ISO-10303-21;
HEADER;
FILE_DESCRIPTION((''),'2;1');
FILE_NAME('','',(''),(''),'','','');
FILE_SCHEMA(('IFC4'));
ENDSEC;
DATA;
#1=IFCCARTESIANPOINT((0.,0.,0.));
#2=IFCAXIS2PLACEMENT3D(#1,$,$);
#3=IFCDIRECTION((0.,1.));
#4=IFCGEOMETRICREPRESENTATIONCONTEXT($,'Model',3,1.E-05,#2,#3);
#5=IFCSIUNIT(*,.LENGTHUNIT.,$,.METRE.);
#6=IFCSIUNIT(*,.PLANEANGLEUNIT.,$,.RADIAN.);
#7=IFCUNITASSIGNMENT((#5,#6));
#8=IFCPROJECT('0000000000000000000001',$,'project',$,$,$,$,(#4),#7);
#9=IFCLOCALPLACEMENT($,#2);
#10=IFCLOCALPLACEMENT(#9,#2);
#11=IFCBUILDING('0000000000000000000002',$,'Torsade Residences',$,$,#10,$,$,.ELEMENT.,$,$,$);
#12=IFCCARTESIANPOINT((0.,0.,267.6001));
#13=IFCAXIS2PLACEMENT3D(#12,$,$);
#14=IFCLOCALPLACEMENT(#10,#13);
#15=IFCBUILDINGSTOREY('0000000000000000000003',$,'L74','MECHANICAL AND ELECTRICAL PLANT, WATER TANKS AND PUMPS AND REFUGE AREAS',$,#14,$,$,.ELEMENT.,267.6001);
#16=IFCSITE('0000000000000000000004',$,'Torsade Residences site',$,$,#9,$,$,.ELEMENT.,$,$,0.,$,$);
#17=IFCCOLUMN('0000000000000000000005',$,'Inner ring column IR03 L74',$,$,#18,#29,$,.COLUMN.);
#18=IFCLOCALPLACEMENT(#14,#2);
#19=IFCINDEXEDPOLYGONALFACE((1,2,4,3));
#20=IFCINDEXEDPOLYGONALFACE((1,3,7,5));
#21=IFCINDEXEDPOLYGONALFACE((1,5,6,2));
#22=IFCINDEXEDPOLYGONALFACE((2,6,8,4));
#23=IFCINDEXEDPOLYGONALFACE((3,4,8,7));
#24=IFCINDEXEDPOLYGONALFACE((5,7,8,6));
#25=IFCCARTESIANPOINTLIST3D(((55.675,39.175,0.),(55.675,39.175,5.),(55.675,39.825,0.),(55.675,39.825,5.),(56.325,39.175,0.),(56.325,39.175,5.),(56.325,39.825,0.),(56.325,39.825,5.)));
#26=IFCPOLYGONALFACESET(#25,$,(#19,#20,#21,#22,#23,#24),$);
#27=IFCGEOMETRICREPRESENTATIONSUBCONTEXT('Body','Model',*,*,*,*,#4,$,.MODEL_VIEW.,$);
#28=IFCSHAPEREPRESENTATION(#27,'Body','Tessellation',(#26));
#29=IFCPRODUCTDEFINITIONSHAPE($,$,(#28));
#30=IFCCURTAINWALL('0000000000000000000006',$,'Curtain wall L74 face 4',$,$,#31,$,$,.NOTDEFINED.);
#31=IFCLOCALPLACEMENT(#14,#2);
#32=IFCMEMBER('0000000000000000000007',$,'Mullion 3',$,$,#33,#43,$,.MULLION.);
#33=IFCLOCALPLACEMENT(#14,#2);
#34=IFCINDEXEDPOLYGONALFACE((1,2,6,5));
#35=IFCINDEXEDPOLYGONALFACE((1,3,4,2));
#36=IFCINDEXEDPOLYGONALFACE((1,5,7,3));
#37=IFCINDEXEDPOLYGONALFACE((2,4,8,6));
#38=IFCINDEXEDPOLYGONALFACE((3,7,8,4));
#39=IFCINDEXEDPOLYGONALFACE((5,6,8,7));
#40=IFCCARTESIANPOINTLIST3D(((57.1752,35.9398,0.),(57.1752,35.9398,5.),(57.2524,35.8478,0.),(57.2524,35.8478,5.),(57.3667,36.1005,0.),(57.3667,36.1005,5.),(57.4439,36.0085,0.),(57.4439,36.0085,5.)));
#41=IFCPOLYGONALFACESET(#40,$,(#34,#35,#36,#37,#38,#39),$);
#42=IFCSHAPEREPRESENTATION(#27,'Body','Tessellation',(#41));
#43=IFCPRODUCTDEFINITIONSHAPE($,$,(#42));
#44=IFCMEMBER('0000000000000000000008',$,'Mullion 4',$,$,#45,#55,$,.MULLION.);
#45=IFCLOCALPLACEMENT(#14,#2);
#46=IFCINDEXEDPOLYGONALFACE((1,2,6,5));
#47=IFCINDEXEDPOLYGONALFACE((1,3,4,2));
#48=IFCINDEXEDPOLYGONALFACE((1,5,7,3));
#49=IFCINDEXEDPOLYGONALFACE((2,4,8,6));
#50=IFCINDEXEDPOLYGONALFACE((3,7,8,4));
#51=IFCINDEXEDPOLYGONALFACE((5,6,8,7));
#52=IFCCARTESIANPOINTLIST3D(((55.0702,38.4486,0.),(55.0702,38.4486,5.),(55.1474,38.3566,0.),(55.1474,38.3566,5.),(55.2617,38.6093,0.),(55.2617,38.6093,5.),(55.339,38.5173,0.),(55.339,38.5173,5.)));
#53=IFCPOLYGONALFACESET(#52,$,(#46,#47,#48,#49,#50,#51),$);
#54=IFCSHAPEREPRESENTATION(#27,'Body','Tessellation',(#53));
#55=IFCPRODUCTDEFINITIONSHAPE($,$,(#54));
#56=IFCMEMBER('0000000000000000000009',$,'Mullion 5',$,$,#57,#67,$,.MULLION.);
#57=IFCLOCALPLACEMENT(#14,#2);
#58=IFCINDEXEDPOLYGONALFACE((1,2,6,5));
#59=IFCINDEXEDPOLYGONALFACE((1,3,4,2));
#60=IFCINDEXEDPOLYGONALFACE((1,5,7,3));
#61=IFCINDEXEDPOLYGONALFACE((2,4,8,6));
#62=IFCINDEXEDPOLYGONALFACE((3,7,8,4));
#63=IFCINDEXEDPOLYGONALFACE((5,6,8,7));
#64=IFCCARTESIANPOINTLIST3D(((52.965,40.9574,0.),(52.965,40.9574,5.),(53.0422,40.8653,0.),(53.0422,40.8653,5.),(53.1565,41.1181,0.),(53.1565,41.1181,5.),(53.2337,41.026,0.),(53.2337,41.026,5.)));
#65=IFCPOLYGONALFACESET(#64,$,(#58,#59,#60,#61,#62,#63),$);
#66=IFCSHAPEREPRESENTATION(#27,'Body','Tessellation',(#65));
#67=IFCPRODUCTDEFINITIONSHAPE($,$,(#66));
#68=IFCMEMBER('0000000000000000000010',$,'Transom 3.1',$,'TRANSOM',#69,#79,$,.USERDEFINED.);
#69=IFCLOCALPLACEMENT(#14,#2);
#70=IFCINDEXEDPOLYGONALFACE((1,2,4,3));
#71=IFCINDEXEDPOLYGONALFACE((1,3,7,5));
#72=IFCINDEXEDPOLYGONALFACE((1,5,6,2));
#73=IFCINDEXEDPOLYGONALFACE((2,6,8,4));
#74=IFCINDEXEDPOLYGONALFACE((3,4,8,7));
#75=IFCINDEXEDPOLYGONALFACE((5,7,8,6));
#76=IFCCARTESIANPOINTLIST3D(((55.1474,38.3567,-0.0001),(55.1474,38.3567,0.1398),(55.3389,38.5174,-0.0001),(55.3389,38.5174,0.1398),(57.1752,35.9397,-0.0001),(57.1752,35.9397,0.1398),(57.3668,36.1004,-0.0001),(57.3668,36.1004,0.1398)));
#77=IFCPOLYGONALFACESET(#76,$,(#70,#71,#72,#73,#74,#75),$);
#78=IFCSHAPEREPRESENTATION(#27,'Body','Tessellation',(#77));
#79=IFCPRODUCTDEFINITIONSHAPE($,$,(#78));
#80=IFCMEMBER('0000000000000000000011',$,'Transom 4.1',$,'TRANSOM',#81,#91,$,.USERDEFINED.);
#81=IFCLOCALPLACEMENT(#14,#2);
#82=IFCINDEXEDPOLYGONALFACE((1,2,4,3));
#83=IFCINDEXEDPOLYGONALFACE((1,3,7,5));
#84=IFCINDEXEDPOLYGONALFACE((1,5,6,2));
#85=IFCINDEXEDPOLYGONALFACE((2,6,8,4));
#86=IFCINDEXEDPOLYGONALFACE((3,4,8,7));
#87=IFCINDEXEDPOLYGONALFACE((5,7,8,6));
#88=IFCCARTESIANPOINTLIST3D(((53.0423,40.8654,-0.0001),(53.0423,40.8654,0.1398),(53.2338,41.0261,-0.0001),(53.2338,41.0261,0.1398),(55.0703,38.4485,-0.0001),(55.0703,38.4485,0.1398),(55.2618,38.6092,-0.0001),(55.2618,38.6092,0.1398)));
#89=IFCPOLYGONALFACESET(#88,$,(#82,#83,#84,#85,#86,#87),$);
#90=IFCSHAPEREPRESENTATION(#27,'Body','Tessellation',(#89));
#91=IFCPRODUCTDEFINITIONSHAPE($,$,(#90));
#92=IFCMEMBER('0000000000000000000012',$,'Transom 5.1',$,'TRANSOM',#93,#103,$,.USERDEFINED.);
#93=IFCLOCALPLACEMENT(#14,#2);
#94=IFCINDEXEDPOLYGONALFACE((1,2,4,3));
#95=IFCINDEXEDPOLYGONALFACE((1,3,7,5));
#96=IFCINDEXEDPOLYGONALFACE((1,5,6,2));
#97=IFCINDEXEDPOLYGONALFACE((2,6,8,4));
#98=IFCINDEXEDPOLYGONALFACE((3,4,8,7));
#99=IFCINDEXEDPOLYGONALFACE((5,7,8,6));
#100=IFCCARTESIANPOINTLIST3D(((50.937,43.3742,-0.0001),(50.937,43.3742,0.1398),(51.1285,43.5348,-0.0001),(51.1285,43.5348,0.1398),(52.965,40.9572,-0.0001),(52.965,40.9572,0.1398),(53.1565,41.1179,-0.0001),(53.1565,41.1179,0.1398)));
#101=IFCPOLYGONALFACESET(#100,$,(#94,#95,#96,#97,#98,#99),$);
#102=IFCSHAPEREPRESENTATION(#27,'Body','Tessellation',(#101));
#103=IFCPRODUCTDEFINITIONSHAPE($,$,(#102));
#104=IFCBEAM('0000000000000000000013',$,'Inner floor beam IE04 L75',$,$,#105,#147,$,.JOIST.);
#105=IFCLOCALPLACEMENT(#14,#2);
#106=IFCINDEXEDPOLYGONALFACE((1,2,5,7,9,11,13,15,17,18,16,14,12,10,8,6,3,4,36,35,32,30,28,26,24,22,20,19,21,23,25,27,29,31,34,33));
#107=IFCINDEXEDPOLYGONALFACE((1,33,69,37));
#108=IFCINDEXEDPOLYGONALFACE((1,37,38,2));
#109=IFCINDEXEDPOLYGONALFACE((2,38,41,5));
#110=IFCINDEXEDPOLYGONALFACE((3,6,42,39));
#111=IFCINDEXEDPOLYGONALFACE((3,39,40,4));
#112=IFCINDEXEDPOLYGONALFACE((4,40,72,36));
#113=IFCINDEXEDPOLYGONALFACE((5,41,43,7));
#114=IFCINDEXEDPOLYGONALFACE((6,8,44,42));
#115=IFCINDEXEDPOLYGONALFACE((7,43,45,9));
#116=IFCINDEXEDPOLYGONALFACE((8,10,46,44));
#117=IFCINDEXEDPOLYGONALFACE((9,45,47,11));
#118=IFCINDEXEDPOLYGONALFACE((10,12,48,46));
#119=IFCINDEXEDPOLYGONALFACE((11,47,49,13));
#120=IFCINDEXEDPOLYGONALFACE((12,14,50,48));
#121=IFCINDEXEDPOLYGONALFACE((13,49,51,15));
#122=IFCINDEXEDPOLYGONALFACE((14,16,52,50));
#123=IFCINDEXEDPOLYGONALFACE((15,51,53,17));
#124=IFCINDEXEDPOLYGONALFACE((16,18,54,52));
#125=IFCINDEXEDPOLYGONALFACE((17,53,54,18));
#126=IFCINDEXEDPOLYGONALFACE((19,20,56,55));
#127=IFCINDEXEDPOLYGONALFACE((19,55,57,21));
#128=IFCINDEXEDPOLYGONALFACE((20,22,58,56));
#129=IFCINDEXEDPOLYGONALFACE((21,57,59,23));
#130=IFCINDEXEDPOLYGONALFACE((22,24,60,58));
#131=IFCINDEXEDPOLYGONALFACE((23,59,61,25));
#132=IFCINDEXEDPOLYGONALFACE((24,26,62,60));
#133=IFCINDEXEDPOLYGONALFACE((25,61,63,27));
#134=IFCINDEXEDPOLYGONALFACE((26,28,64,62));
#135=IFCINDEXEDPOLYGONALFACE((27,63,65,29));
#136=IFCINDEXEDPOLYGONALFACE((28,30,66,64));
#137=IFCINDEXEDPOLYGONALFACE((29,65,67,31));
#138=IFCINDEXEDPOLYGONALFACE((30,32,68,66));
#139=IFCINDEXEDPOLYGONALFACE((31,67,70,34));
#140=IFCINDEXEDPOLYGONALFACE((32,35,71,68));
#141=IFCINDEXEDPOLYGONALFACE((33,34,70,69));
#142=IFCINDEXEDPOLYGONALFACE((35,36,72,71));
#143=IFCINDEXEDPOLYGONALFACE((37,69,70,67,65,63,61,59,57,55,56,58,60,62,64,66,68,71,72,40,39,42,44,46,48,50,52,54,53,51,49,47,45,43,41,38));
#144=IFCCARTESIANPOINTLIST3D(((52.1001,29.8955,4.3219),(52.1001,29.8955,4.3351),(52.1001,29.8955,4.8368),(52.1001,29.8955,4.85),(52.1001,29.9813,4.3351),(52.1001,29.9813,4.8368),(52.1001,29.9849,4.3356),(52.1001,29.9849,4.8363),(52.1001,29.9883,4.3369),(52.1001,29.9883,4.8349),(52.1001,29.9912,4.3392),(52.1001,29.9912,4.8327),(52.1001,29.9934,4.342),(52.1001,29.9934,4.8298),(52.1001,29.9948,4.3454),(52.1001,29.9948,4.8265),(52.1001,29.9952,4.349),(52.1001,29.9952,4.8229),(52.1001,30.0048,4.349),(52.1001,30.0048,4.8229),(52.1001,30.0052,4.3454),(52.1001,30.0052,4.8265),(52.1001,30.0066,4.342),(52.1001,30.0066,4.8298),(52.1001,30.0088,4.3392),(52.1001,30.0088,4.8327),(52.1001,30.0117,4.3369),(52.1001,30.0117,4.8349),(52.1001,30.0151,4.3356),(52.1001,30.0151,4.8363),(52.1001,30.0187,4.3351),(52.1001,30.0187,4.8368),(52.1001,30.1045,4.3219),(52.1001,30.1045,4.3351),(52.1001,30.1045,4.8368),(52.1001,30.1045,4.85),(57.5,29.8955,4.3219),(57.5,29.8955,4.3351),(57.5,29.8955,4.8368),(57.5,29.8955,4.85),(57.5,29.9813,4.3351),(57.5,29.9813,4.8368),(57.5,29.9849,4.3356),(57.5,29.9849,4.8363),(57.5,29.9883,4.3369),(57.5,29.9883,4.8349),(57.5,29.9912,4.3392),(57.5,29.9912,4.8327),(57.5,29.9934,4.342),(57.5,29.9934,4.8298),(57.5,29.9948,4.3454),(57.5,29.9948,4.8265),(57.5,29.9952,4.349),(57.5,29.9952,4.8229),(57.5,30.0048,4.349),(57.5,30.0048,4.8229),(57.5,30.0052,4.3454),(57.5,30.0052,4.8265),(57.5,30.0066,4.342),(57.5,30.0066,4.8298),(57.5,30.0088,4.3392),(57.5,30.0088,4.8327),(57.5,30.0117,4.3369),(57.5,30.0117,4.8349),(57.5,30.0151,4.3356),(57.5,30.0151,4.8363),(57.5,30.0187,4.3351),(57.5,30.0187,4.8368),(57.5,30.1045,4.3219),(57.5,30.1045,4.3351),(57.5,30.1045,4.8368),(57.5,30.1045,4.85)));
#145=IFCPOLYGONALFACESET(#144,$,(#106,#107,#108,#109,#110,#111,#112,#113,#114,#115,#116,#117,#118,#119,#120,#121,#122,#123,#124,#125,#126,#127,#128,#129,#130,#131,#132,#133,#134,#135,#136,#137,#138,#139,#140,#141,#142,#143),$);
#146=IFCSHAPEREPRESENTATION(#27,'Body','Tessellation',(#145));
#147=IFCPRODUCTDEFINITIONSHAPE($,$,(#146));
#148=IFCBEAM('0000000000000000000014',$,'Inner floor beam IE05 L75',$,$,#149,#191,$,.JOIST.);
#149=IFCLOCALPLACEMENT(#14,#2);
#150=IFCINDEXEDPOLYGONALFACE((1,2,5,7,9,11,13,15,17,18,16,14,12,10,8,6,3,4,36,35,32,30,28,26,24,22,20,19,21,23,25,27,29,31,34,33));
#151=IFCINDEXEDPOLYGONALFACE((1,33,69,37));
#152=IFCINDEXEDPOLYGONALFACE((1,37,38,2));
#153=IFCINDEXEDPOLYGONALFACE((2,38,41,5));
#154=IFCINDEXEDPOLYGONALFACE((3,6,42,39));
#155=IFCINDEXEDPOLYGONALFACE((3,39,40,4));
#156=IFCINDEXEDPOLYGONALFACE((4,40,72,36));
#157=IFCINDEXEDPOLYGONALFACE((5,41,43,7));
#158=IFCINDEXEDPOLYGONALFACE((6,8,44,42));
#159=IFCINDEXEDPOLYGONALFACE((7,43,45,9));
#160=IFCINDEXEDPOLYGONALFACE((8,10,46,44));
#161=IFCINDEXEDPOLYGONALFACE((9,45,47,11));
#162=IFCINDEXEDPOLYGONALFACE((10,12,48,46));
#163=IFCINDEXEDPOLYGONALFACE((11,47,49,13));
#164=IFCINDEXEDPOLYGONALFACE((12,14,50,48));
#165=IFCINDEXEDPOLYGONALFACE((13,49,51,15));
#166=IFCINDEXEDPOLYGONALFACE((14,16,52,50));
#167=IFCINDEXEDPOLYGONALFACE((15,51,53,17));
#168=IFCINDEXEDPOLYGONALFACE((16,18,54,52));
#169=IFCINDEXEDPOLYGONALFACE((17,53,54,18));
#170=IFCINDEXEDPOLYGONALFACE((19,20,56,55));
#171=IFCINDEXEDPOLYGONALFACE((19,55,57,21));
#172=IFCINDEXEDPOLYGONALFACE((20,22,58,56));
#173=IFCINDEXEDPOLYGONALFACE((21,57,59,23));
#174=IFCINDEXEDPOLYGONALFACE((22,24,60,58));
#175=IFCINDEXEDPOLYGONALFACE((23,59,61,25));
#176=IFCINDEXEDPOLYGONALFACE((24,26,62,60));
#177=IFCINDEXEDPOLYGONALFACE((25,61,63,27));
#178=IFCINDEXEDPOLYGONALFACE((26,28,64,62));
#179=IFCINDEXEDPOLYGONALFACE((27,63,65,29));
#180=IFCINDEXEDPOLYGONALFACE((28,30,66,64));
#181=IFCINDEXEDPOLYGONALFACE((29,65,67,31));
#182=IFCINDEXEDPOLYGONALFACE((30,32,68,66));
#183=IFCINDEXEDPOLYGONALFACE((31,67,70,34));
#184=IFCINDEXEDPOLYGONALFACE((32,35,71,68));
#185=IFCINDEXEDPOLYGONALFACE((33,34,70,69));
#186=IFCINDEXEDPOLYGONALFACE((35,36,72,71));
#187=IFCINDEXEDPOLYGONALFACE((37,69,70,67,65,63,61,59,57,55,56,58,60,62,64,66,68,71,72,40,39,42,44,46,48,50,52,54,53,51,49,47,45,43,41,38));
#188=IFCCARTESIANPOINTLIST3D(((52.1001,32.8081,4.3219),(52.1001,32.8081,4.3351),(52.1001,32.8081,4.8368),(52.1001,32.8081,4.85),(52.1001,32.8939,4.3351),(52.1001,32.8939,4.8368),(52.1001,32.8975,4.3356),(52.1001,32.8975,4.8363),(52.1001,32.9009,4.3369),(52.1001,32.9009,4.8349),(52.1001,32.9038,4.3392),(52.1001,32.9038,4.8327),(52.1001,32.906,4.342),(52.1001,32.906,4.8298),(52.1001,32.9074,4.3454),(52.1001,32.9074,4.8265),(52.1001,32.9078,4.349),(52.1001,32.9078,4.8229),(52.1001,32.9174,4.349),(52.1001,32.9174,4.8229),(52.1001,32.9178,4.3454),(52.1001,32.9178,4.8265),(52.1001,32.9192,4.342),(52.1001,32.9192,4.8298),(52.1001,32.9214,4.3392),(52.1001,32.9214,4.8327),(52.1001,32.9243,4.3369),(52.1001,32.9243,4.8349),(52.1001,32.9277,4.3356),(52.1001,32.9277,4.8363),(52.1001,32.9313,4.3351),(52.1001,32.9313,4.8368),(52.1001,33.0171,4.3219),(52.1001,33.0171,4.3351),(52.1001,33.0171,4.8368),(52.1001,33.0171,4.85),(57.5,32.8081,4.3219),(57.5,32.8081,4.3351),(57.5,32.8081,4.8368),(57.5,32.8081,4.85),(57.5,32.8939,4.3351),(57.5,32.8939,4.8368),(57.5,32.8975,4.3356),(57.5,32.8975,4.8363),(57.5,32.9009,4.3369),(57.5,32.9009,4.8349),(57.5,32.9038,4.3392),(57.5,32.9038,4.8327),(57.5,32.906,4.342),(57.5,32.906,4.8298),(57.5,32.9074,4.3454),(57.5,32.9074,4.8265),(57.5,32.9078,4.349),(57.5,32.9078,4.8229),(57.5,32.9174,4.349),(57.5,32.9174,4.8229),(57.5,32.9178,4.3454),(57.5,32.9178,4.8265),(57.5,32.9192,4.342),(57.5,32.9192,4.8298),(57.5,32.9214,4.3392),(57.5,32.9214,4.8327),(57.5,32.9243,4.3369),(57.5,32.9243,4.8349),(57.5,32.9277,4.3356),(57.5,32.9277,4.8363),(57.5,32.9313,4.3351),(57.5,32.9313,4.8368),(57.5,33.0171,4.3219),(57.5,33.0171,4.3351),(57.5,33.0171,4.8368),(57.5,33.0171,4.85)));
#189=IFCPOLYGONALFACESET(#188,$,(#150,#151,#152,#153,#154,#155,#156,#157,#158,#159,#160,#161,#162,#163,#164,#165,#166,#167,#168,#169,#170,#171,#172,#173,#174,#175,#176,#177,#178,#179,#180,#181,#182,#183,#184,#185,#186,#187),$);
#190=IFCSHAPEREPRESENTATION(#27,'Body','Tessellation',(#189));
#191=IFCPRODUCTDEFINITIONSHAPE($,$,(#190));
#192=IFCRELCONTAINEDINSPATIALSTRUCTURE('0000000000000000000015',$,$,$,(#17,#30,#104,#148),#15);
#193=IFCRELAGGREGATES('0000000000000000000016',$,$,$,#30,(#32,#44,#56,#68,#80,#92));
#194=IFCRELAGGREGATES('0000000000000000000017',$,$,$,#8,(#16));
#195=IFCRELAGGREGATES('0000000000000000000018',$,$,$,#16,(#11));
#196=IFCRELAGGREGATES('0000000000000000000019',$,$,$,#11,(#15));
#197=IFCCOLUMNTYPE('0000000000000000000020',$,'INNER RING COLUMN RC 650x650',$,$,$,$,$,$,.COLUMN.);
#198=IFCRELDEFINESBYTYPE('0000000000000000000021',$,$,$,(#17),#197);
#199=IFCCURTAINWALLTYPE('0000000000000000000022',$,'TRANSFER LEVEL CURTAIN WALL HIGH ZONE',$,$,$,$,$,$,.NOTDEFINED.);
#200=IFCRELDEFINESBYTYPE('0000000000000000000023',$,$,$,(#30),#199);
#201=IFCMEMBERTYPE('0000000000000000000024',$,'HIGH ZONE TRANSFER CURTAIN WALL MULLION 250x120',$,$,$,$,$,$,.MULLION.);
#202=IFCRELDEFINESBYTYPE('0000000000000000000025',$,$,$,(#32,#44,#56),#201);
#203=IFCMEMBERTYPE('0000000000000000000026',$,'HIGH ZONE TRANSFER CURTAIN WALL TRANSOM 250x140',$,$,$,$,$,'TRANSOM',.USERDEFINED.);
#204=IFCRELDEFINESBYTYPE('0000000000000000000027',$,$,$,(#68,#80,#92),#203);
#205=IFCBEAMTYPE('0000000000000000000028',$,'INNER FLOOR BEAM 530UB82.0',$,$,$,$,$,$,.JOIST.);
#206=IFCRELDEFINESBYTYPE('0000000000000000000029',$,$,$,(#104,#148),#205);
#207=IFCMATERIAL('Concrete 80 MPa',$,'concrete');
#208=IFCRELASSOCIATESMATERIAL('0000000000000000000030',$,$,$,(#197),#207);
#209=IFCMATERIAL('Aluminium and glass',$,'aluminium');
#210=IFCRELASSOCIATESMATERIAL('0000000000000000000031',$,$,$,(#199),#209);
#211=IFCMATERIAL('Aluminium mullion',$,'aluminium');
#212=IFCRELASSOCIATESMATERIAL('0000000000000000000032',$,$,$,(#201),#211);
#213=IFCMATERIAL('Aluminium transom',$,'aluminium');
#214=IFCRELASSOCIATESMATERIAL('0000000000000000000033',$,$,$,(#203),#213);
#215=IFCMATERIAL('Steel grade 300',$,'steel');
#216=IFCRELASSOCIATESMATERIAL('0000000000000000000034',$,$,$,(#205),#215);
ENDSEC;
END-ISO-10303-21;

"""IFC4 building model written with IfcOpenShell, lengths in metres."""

from ifc_helpers import new_model, si_unit, direction, frame, origin, origin_2d, place, context, subcontext, project, spatial, rectangle, i_section, extrude, material, material_profile, profile_set, type_object, element, aggregate, save


model = new_model("IFC4")

# Units and contexts
model_context = context("Model", 3, precision=1e-05, world=origin(), true_north=direction((0.0, 1.0)))
body_context = subcontext(model_context, "Body", "Model", "MODEL_VIEW")
ifc_project = project(units=[si_unit("LENGTHUNIT", "METRE"), si_unit("PLANEANGLEUNIT", "RADIAN")], contexts=[model_context])

# Site, building, storey
site_placement = place(None, origin())
site = spatial("IfcSite", under=ifc_project, at=site_placement, Name="Torsade Residences site", CompositionType="ELEMENT", RefElevation=0.0)
building_placement = place(site_placement, origin())
building = spatial("IfcBuilding", under=site, at=building_placement, Name="Torsade Residences", CompositionType="ELEMENT")
storey_placement = place(building_placement, frame((0.0, 0.0, 267.6001)))
storey = spatial("IfcBuildingStorey", under=building, at=storey_placement, Name="L74", Description="MECHANICAL AND ELECTRICAL PLANT, WATER TANKS AND PUMPS AND REFUGE AREAS", CompositionType="ELEMENT", Elevation=267.6001)

# Column
ifc_material_1 = material(Name="Concrete 80 MPa", Category="concrete")
ifc_material_profile_1 = material_profile(ifc_material_1, rectangle(XDim=0.6499, YDim=0.6499, at=origin_2d()), Name="RC 650x650")
ifc_profile_set_1 = profile_set([ifc_material_profile_1], Name="Concrete 80 MPa")
column_type = type_object("IfcColumnType", Name="INNER RING COLUMN RC 650x650", PredefinedType="COLUMN", material=ifc_profile_set_1)
column_placement = place(storey_placement, frame((56.0, 39.5, 0.0), z_axis=(0.0, 0.0, 1.0), x_axis=(1.0, 0.0, 0.0)))
element("IfcColumn", 1, at=column_placement, inside=storey, type_object=column_type, Name="Inner ring column IR03 L74", PredefinedType="COLUMN", context=body_context, shape_type="SweptSolid", body=[
    extrude(rectangle(XDim=0.6499, YDim=0.6499, at=origin_2d()), origin(), (0.0, 0.0, 1.0), 5.0),
])

# Curtain wall, members
ifc_material_2 = material(Name="Aluminium and glass", Category="aluminium")
curtain_wall_type = type_object("IfcCurtainWallType", Name="TRANSFER LEVEL CURTAIN WALL HIGH ZONE", PredefinedType="NOTDEFINED", material=ifc_material_2)
curtain_wall_placement = place(storey_placement, origin())
curtain_wall = element("IfcCurtainWall", 2, at=curtain_wall_placement, inside=storey, type_object=curtain_wall_type, Name="Curtain wall L74 face 4", PredefinedType="NOTDEFINED")
ifc_material_3 = material(Name="Aluminium mullion", Category="aluminium")
ifc_material_profile_2 = material_profile(ifc_material_3, rectangle(XDim=0.25, YDim=0.1201, at=origin_2d()), Name="HIGH ZONE TRANSFER CURTAIN WALL MULLION 250x120")
ifc_profile_set_2 = profile_set([ifc_material_profile_2], Name="Aluminium mullion")
member_type_1 = type_object("IfcMemberType", Name="HIGH ZONE TRANSFER CURTAIN WALL MULLION 250x120", PredefinedType="MULLION", material=ifc_profile_set_2)
member_1_placement = place(storey_placement, frame((57.3096, 35.9741, 0.0), z_axis=(0.0, 0.0, 1.0), x_axis=(-0.766044, -0.642788, 0.0)))
member_1 = element("IfcMember", 3, at=member_1_placement, type_object=member_type_1, Name="Mullion 3", PredefinedType="MULLION", context=body_context, shape_type="SweptSolid", body=[
    extrude(rectangle(XDim=0.25, YDim=0.1201, at=origin_2d()), origin(), (0.0, 0.0, 1.0), 5.0),
])
member_2_placement = place(storey_placement, frame((55.2046, 38.4829, 0.0), z_axis=(0.0, 0.0, 1.0), x_axis=(-0.766044, -0.642788, 0.0)))
member_2 = element("IfcMember", 4, at=member_2_placement, type_object=member_type_1, Name="Mullion 4", PredefinedType="MULLION", context=body_context, shape_type="SweptSolid", body=[
    extrude(rectangle(XDim=0.25, YDim=0.1201, at=origin_2d()), origin(), (0.0, 0.0, 1.0), 5.0),
])
member_3_placement = place(storey_placement, frame((53.0994, 40.9917, 0.0), z_axis=(0.0, 0.0, 1.0), x_axis=(-0.766044, -0.642788, 0.0)))
member_3 = element("IfcMember", 5, at=member_3_placement, type_object=member_type_1, Name="Mullion 5", PredefinedType="MULLION", context=body_context, shape_type="SweptSolid", body=[
    extrude(rectangle(XDim=0.25, YDim=0.1201, at=origin_2d()), origin(), (0.0, 0.0, 1.0), 5.0),
])
ifc_material_4 = material(Name="Aluminium transom", Category="aluminium")
ifc_material_profile_3 = material_profile(ifc_material_4, rectangle(XDim=0.25, YDim=0.1399, at=origin_2d()), Name="HIGH ZONE TRANSFER CURTAIN WALL TRANSOM 250x140")
ifc_profile_set_3 = profile_set([ifc_material_profile_3], Name="Aluminium transom")
member_type_2 = type_object("IfcMemberType", Name="HIGH ZONE TRANSFER CURTAIN WALL TRANSOM 250x140", ElementType="TRANSOM", PredefinedType="USERDEFINED", material=ifc_profile_set_3)
member_4_placement = place(storey_placement, frame((57.271, 36.02, 0.0698), z_axis=(-0.642738, 0.766086, 0.0), x_axis=(-0.766086, -0.642738, 0.0)))
member_4 = element("IfcMember", 6, at=member_4_placement, type_object=member_type_2, Name="Transom 3.1", ObjectType="TRANSOM", PredefinedType="USERDEFINED", context=body_context, shape_type="SweptSolid", body=[
    extrude(rectangle(XDim=0.25, YDim=0.1399, at=origin_2d()), origin(), (0.0, 0.0, 1.0), 3.155),
])
member_5_placement = place(storey_placement, frame((55.166, 38.5288, 0.0698), z_axis=(-0.642784, 0.766048, 0.0), x_axis=(-0.766048, -0.642784, 0.0)))
member_5 = element("IfcMember", 7, at=member_5_placement, type_object=member_type_2, Name="Transom 4.1", ObjectType="TRANSOM", PredefinedType="USERDEFINED", context=body_context, shape_type="SweptSolid", body=[
    extrude(rectangle(XDim=0.25, YDim=0.1399, at=origin_2d()), origin(), (0.0, 0.0, 1.0), 3.155),
])
member_6_placement = place(storey_placement, frame((53.0608, 41.0376, 0.0698), z_axis=(-0.642784, 0.766048, 0.0), x_axis=(-0.766048, -0.642784, 0.0)))
member_6 = element("IfcMember", 8, at=member_6_placement, type_object=member_type_2, Name="Transom 5.1", ObjectType="TRANSOM", PredefinedType="USERDEFINED", context=body_context, shape_type="SweptSolid", body=[
    extrude(rectangle(XDim=0.25, YDim=0.1399, at=origin_2d()), origin(), (0.0, 0.0, 1.0), 3.155),
])

# Beams
ifc_material_5 = material(Name="Steel grade 300", Category="steel")
ifc_material_profile_4 = material_profile(ifc_material_5, i_section(OverallWidth=0.209, OverallDepth=0.5281, WebThickness=0.0095, FlangeThickness=0.0132, FilletRadius=0.0139, at=origin_2d()), Name="530UB82.0")
ifc_profile_set_4 = profile_set([ifc_material_profile_4], Name="Steel grade 300")
beam_type_1 = type_object("IfcBeamType", Name="INNER FLOOR BEAM 530UB82.0", PredefinedType="JOIST", material=ifc_profile_set_4)
for number, where, z_axis, x_axis, name in (
    (9, (52.1001, 30.0, 4.5859), (1.0, 0.0, 0.0), (0.0, 1.0, 0.0), "Inner floor beam IE04 L75"),
    (10, (52.1001, 32.9126, 4.5859), (1.0, 0.0, 0.0), (0.0, 1.0, 0.0), "Inner floor beam IE05 L75"),
):
    element("IfcBeam", number, at=place(storey_placement, frame(where, z_axis=z_axis, x_axis=x_axis)), inside=storey, type_object=beam_type_1, Name=name, PredefinedType="JOIST", context=body_context, shape_type="SweptSolid", body=[
        extrude(i_section(OverallWidth=0.209, OverallDepth=0.5281, WebThickness=0.0095, FlangeThickness=0.0132, FilletRadius=0.0139, at=origin_2d()), origin(), (0.0, 0.0, 1.0), 5.3999),
    ])

aggregate(curtain_wall, [member_1, member_2, member_3, member_4, member_5, member_6])

save(model, "model.ifc")
